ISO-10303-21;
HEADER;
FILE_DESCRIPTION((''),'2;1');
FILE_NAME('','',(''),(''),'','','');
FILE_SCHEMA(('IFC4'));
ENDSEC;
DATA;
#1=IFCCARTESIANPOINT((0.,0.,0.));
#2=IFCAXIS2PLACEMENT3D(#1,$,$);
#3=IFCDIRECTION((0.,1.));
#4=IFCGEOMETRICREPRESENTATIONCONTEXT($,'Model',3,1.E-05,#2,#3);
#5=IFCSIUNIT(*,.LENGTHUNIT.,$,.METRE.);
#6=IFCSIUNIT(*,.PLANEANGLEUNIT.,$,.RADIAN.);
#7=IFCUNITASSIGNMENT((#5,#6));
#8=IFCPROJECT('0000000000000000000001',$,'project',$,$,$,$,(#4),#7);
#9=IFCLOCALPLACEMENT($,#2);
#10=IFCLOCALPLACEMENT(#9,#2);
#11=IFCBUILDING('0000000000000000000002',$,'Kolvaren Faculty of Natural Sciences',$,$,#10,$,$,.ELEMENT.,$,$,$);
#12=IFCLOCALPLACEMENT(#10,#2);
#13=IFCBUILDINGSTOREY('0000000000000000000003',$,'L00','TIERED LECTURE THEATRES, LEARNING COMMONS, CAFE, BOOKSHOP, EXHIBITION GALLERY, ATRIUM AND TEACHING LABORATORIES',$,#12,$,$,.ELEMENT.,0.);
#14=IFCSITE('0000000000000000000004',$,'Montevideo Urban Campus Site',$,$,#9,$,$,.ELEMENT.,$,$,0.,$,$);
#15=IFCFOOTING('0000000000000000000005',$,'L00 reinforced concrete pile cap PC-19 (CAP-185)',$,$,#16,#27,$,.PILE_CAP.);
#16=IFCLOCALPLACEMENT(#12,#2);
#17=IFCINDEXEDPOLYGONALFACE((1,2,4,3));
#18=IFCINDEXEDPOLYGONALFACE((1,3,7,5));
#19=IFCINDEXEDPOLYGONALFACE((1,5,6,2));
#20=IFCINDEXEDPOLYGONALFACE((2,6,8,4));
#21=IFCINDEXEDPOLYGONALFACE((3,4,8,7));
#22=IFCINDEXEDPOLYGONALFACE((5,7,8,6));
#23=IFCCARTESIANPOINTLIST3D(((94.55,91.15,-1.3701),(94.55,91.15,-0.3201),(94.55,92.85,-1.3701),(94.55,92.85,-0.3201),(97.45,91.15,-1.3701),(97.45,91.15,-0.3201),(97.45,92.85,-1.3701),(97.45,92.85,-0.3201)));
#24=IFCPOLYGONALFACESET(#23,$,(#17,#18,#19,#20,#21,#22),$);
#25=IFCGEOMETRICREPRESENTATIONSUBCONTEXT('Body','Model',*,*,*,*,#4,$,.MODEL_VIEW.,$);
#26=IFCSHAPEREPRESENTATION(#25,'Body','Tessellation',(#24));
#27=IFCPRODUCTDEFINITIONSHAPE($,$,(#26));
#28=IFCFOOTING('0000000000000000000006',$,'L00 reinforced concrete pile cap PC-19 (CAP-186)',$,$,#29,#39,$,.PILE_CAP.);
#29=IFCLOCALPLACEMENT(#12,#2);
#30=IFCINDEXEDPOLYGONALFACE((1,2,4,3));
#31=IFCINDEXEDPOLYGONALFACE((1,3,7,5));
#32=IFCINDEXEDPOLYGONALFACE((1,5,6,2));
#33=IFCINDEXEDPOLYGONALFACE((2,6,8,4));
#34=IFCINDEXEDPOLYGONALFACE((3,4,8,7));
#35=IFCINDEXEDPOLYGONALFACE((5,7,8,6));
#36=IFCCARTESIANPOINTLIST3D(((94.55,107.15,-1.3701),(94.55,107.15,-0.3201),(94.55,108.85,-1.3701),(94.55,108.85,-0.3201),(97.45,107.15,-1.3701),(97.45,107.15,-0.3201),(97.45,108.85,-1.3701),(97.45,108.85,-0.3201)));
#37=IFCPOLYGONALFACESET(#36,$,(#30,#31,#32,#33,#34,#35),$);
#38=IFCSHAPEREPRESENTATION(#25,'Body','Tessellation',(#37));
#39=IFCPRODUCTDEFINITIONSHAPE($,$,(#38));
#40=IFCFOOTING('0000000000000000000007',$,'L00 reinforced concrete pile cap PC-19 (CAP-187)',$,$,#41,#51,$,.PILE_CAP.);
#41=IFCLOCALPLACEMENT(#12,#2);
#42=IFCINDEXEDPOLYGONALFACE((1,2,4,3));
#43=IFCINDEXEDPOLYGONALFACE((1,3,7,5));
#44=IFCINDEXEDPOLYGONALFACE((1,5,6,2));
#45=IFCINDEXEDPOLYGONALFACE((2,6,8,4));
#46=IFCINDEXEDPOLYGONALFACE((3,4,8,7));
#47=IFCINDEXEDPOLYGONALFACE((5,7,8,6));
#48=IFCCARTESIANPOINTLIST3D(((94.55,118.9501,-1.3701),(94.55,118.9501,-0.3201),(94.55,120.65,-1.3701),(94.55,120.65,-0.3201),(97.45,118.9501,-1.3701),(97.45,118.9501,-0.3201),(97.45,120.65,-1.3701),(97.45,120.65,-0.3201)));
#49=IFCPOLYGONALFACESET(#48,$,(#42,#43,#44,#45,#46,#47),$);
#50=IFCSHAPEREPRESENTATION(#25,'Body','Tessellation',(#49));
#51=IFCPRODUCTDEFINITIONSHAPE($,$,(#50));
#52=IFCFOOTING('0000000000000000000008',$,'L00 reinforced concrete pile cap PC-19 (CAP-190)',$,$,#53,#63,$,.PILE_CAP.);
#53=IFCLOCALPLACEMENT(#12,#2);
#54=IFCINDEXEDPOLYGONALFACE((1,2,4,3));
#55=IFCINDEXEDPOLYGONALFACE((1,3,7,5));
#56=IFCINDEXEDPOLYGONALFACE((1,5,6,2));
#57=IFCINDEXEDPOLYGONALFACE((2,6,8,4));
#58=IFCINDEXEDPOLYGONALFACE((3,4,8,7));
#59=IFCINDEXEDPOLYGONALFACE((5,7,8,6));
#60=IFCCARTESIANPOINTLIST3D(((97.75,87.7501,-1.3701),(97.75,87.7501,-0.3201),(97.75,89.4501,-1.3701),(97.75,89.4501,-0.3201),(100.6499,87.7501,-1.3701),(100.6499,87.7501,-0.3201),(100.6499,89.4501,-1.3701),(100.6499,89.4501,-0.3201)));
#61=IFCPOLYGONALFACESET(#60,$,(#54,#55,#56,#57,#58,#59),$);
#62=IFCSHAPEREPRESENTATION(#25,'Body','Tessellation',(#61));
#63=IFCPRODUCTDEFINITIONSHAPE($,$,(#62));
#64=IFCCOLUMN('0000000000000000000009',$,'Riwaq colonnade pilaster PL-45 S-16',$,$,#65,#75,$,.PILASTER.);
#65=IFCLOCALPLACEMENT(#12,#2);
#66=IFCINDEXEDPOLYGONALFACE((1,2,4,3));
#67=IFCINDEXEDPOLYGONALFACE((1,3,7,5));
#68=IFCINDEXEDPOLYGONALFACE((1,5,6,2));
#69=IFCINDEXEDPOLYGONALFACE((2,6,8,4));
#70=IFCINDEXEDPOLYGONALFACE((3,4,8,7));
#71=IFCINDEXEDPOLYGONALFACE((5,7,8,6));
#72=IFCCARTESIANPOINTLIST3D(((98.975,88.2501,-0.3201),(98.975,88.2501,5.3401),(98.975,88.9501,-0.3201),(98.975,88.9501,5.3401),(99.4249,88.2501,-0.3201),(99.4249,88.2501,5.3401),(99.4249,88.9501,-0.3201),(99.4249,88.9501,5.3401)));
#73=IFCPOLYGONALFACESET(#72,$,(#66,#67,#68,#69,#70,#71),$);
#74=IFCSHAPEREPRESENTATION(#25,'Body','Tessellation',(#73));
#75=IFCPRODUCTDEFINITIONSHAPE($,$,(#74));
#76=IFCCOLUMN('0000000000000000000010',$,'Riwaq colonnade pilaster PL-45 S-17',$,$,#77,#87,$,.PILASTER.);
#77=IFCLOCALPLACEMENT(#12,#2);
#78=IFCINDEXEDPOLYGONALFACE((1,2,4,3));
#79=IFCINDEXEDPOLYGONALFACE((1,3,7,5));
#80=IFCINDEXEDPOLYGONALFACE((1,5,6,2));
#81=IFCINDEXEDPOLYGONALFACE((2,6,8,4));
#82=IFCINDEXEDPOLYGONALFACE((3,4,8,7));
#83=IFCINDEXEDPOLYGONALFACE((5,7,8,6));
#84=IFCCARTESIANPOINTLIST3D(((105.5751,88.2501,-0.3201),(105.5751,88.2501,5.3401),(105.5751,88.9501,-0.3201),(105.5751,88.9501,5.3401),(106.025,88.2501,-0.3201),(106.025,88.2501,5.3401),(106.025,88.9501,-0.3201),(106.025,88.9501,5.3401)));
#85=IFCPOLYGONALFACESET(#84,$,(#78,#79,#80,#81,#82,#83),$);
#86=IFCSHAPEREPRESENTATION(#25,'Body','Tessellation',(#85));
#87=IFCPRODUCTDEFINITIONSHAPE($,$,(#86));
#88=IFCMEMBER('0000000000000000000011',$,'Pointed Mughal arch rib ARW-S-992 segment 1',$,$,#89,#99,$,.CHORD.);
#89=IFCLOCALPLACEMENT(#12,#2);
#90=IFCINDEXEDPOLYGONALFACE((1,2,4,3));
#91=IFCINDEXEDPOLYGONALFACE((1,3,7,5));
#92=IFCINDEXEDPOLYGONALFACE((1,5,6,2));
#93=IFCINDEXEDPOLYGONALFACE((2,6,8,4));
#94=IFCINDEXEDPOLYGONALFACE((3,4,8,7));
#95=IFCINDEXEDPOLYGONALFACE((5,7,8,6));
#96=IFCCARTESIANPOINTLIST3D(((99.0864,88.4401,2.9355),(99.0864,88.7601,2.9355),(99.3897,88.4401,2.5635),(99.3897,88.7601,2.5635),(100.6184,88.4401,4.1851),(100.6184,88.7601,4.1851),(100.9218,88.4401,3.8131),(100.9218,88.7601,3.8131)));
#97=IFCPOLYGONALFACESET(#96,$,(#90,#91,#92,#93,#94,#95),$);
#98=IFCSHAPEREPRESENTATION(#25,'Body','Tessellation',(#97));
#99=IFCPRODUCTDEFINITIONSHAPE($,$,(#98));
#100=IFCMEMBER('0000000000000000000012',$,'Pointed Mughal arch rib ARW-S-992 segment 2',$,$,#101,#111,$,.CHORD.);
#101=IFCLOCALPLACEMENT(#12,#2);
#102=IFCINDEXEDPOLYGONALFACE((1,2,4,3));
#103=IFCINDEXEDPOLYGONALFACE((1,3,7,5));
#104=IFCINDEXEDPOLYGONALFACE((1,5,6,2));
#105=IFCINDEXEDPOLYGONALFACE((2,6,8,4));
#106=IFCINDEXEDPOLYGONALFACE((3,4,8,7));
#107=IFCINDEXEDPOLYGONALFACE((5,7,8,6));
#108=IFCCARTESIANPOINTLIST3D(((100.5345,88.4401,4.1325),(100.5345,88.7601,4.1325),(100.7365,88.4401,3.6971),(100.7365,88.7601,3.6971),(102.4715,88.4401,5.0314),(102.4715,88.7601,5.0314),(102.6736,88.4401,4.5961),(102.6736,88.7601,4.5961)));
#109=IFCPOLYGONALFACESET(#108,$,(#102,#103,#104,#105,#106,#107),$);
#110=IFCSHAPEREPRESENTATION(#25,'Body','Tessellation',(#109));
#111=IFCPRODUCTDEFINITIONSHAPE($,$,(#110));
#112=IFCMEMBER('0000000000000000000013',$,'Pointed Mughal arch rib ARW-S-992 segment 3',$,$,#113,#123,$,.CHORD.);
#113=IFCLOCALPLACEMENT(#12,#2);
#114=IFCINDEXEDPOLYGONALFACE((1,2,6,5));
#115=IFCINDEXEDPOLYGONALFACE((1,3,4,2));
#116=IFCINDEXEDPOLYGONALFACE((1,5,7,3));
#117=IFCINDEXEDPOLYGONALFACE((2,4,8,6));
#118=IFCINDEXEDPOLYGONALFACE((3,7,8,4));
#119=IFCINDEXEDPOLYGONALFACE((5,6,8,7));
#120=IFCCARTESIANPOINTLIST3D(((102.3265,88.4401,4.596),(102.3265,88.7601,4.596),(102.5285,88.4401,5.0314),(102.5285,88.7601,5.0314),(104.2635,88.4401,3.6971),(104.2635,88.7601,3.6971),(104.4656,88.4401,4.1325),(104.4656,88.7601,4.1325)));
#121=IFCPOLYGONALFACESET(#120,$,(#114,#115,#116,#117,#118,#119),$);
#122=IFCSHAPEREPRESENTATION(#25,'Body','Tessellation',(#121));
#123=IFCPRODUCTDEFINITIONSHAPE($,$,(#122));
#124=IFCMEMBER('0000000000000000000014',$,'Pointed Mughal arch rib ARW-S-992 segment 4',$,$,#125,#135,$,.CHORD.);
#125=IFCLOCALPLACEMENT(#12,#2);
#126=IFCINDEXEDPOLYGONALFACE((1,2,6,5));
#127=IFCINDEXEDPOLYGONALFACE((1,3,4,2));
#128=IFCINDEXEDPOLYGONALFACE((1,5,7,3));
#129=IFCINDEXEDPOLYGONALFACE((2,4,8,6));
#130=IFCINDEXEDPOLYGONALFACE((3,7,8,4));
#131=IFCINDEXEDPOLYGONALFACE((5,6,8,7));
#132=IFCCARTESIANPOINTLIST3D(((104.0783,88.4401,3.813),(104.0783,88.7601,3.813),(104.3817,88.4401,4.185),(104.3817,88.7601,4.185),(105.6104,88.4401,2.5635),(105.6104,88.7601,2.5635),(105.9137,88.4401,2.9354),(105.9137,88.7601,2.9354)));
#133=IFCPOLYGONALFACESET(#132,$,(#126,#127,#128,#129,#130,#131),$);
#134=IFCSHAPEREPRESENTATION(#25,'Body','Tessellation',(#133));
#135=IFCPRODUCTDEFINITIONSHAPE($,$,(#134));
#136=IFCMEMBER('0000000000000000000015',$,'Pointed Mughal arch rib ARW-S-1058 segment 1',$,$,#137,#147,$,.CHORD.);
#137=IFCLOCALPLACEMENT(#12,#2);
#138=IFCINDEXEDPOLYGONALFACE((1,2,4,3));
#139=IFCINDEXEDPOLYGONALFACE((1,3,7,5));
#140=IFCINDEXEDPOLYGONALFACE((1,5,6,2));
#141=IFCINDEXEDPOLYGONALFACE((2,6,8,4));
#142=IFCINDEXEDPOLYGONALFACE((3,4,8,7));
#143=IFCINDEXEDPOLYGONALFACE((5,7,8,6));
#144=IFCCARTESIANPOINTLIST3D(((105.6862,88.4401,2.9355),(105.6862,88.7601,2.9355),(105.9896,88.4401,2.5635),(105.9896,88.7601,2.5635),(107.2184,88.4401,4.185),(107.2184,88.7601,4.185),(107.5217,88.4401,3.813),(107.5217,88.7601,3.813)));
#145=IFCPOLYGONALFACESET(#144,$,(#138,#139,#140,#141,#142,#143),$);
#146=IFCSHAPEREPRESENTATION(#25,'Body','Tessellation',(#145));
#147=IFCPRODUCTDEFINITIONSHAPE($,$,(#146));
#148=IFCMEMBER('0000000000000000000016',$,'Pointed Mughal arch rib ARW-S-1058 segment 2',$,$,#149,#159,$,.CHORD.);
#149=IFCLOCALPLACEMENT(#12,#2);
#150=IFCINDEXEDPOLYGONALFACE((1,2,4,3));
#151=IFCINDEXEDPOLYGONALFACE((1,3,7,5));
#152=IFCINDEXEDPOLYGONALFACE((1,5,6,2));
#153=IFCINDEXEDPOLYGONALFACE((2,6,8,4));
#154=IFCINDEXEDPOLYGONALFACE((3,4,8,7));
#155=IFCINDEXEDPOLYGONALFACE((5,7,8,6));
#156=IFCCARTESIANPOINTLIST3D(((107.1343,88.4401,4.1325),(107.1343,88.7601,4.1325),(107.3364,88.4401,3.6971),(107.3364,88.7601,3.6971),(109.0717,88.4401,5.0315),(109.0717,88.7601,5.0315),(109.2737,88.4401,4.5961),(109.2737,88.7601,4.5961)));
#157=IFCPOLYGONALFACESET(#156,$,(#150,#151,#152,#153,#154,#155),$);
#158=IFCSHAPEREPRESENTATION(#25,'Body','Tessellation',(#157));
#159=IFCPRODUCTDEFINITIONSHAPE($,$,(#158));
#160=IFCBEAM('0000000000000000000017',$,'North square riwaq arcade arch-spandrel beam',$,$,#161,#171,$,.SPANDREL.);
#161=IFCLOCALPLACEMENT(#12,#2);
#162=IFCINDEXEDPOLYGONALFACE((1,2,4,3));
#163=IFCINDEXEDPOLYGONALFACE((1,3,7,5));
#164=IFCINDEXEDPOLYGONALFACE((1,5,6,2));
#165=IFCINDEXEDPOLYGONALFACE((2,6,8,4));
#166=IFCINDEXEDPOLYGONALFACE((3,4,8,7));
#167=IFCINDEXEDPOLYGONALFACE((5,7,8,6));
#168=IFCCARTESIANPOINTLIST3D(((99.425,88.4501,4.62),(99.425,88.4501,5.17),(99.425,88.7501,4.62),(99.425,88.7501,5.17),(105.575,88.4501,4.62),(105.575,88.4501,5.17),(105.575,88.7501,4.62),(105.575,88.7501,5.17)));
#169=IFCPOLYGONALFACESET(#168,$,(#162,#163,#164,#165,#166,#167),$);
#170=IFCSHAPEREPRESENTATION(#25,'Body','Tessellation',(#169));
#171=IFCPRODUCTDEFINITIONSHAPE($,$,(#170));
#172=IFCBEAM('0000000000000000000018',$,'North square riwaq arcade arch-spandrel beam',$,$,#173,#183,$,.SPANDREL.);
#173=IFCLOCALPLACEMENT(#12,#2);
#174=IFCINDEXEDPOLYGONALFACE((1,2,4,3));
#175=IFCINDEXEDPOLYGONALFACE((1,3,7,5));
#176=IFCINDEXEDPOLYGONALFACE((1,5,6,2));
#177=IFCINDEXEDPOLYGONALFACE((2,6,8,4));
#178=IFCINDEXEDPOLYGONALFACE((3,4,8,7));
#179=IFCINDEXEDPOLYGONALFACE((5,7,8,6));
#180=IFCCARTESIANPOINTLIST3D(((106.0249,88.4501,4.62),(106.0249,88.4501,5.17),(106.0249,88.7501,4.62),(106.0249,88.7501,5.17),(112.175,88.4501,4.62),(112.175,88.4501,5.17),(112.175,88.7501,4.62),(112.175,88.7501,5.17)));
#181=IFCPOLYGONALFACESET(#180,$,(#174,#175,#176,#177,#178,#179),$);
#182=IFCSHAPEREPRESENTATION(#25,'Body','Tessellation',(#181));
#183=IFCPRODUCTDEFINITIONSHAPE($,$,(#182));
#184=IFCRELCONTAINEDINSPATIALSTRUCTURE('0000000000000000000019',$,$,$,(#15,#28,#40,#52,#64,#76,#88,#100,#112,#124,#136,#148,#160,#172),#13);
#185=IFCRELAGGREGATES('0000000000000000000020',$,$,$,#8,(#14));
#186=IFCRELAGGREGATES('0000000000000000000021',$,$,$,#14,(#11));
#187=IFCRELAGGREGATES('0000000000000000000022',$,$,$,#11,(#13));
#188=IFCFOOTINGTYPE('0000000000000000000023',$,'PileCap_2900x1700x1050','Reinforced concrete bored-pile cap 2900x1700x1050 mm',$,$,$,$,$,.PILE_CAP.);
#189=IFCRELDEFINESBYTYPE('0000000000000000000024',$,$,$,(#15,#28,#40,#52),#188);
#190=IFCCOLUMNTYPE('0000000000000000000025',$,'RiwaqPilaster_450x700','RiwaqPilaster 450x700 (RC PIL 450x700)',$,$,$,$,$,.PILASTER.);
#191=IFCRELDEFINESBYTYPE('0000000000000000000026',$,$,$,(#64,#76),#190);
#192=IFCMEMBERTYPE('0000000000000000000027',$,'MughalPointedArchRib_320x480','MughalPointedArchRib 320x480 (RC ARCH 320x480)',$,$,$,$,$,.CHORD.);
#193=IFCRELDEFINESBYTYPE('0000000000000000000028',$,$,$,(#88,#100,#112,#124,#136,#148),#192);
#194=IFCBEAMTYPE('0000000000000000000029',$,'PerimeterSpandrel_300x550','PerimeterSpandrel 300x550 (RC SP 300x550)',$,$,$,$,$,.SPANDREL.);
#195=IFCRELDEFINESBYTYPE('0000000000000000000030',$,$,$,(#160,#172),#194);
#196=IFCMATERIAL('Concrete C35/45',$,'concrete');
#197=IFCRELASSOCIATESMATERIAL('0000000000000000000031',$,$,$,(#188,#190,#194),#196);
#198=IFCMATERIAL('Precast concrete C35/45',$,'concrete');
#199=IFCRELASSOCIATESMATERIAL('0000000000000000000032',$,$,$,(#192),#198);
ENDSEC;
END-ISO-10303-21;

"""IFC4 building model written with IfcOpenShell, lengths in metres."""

from ifc_helpers import new_model, si_unit, direction, frame, origin, origin_2d, place, context, subcontext, project, spatial, rectangle, extrude, material, material_profile, profile_set, type_object, element, save


model = new_model("IFC4")

# Units and contexts
model_context = context("Model", 3, precision=1e-05, world=origin(), true_north=direction((0.0, 1.0)))
body_context = subcontext(model_context, "Body", "Model", "MODEL_VIEW")
ifc_project = project(units=[si_unit("LENGTHUNIT", "METRE"), si_unit("PLANEANGLEUNIT", "RADIAN")], contexts=[model_context])

# Site, building, storey
site_placement = place(None, origin())
site = spatial("IfcSite", under=ifc_project, at=site_placement, Name="Montevideo Urban Campus Site", CompositionType="ELEMENT", RefElevation=0.0)
building_placement = place(site_placement, origin())
building = spatial("IfcBuilding", under=site, at=building_placement, Name="Kolvaren Faculty of Natural Sciences", CompositionType="ELEMENT")
storey_placement = place(building_placement, origin())
storey = spatial("IfcBuildingStorey", under=building, at=storey_placement, Name="L00", Description="TIERED LECTURE THEATRES, LEARNING COMMONS, CAFE, BOOKSHOP, EXHIBITION GALLERY, ATRIUM AND TEACHING LABORATORIES", CompositionType="ELEMENT", Elevation=0.0)

# Shared definitions
ifc_material_1 = material(Name="Concrete C35/45", Category="concrete")

# Footings
footing_type_1 = type_object("IfcFootingType", Name="PileCap_2900x1700x1050", Description="Reinforced concrete bored-pile cap 2900x1700x1050 mm", PredefinedType="PILE_CAP", material=ifc_material_1)
for number, where, z_axis, x_axis, name in (
    (1, (96.0, 92.0, -1.3701), (0.0, 0.0, 1.0), (1.0, 0.0, 0.0), "L00 reinforced concrete pile cap PC-19 (CAP-185)"),
    (2, (96.0, 108.0, -1.3701), (0.0, 0.0, 1.0), (1.0, 0.0, 0.0), "L00 reinforced concrete pile cap PC-19 (CAP-186)"),
    (3, (96.0, 119.8, -1.3701), (0.0, 0.0, 1.0), (1.0, 0.0, 0.0), "L00 reinforced concrete pile cap PC-19 (CAP-187)"),
    (4, (99.2, 88.6001, -1.3701), (0.0, 0.0, 1.0), (1.0, 0.0, 0.0), "L00 reinforced concrete pile cap PC-19 (CAP-190)"),
):
    element("IfcFooting", number, at=place(storey_placement, frame(where, z_axis=z_axis, x_axis=x_axis)), inside=storey, type_object=footing_type_1, Name=name, PredefinedType="PILE_CAP", context=body_context, shape_type="SweptSolid", body=[
        extrude(rectangle(XDim=2.8999, YDim=1.7, at=origin_2d()), origin(), (0.0, 0.0, 1.0), 1.05),
    ])

# Columns
ifc_material_profile_1 = material_profile(ifc_material_1, rectangle(XDim=0.45, YDim=0.7, at=origin_2d()), Name="RC PIL 450x700")
ifc_profile_set_1 = profile_set([ifc_material_profile_1], Name="Concrete C35/45")
column_type = type_object("IfcColumnType", Name="RiwaqPilaster_450x700", Description="RiwaqPilaster 450x700 (RC PIL 450x700)", PredefinedType="PILASTER", material=ifc_profile_set_1)
for number, where, z_axis, x_axis, name in (
    (5, (99.2, 88.6001, -0.3201), (0.0, 0.0, 1.0), (1.0, 0.0, 0.0), "Riwaq colonnade pilaster PL-45 S-16"),
    (6, (105.8, 88.6001, -0.3201), (0.0, 0.0, 1.0), (1.0, 0.0, 0.0), "Riwaq colonnade pilaster PL-45 S-17"),
):
    element("IfcColumn", number, at=place(storey_placement, frame(where, z_axis=z_axis, x_axis=x_axis)), inside=storey, type_object=column_type, Name=name, PredefinedType="PILASTER", context=body_context, shape_type="SweptSolid", body=[
        extrude(rectangle(XDim=0.45, YDim=0.7, at=origin_2d()), origin(), (0.0, 0.0, 1.0), 5.6602),
    ])

# Members
ifc_material_2 = material(Name="Precast concrete C35/45", Category="concrete")
ifc_material_profile_2 = material_profile(ifc_material_2, rectangle(XDim=0.3201, YDim=0.48, at=origin_2d()), Name="RC ARCH 320x480")
ifc_profile_set_2 = profile_set([ifc_material_profile_2], Name="Precast concrete C35/45")
member_type = type_object("IfcMemberType", Name="MughalPointedArchRib_320x480", Description="MughalPointedArchRib 320x480 (RC ARCH 320x480)", PredefinedType="CHORD", material=ifc_profile_set_2)
member_1_placement = place(storey_placement, frame((99.238, 88.6001, 2.7495), z_axis=(0.77493, 0.0, 0.632047), x_axis=(0.0, 1.0, 0.0)))
element("IfcMember", 7, at=member_1_placement, inside=storey, type_object=member_type, Name="Pointed Mughal arch rib ARW-S-992 segment 1", PredefinedType="CHORD", context=body_context, shape_type="SweptSolid", body=[
    extrude(rectangle(XDim=0.3201, YDim=0.48, at=origin_2d()), origin(), (0.0, 0.0, 1.0), 1.9771),
])
for number, where, z_axis, x_axis, name in (
    (8, (100.6355, 88.6001, 3.9148), (0.907081, 0.0, 0.420957), (0.0, 1.0, 0.0), "Pointed Mughal arch rib ARW-S-992 segment 2"),
    (9, (102.4275, 88.6001, 4.8137), (0.907081, 0.0, -0.420957), (0.0, 1.0, 0.0), "Pointed Mughal arch rib ARW-S-992 segment 3"),
):
    element("IfcMember", number, at=place(storey_placement, frame(where, z_axis=z_axis, x_axis=x_axis)), inside=storey, type_object=member_type, Name=name, PredefinedType="CHORD", context=body_context, shape_type="SweptSolid", body=[
        extrude(rectangle(XDim=0.3201, YDim=0.48, at=origin_2d()), origin(), (0.0, 0.0, 1.0), 2.1355),
    ])
for number, where, z_axis, x_axis, name in (
    (10, (104.23, 88.6001, 3.999), (0.77493, 0.0, -0.632047), (0.0, 1.0, 0.0), "Pointed Mughal arch rib ARW-S-992 segment 4"),
    (11, (105.8379, 88.6001, 2.7495), (0.77498, 0.0, 0.631986), (0.0, 1.0, 0.0), "Pointed Mughal arch rib ARW-S-1058 segment 1"),
):
    element("IfcMember", number, at=place(storey_placement, frame(where, z_axis=z_axis, x_axis=x_axis)), inside=storey, type_object=member_type, Name=name, PredefinedType="CHORD", context=body_context, shape_type="SweptSolid", body=[
        extrude(rectangle(XDim=0.3201, YDim=0.48, at=origin_2d()), origin(), (0.0, 0.0, 1.0), 1.9771),
    ])
member_2_placement = place(storey_placement, frame((107.2354, 88.6001, 3.9148), z_axis=(0.907101, 0.0, 0.420913), x_axis=(0.0, 1.0, 0.0)))
element("IfcMember", 12, at=member_2_placement, inside=storey, type_object=member_type, Name="Pointed Mughal arch rib ARW-S-1058 segment 2", PredefinedType="CHORD", context=body_context, shape_type="SweptSolid", body=[
    extrude(rectangle(XDim=0.3201, YDim=0.48, at=origin_2d()), origin(), (0.0, 0.0, 1.0), 2.1357),
])

# Beams
ifc_material_profile_3 = material_profile(ifc_material_1, rectangle(XDim=0.3, YDim=0.55, at=origin_2d()), Name="RC SP 300x550")
ifc_profile_set_3 = profile_set([ifc_material_profile_3], Name="Concrete C35/45")
beam_type = type_object("IfcBeamType", Name="PerimeterSpandrel_300x550", Description="PerimeterSpandrel 300x550 (RC SP 300x550)", PredefinedType="SPANDREL", material=ifc_profile_set_3)
beam_1_placement = place(storey_placement, frame((99.425, 88.6001, 4.895), z_axis=(1.0, 0.0, 0.0), x_axis=(0.0, 1.0, 0.0)))
element("IfcBeam", 13, at=beam_1_placement, inside=storey, type_object=beam_type, Name="North square riwaq arcade arch-spandrel beam", PredefinedType="SPANDREL", context=body_context, shape_type="SweptSolid", body=[
    extrude(rectangle(XDim=0.3, YDim=0.55, at=origin_2d()), origin(), (0.0, 0.0, 1.0), 6.1499),
])
beam_2_placement = place(storey_placement, frame((106.0249, 88.6001, 4.895), z_axis=(1.0, 0.0, 0.0), x_axis=(0.0, 1.0, 0.0)))
element("IfcBeam", 14, at=beam_2_placement, inside=storey, type_object=beam_type, Name="North square riwaq arcade arch-spandrel beam", PredefinedType="SPANDREL", context=body_context, shape_type="SweptSolid", body=[
    extrude(rectangle(XDim=0.3, YDim=0.55, at=origin_2d()), origin(), (0.0, 0.0, 1.0), 6.1501),
])

save(model, "model.ifc")
